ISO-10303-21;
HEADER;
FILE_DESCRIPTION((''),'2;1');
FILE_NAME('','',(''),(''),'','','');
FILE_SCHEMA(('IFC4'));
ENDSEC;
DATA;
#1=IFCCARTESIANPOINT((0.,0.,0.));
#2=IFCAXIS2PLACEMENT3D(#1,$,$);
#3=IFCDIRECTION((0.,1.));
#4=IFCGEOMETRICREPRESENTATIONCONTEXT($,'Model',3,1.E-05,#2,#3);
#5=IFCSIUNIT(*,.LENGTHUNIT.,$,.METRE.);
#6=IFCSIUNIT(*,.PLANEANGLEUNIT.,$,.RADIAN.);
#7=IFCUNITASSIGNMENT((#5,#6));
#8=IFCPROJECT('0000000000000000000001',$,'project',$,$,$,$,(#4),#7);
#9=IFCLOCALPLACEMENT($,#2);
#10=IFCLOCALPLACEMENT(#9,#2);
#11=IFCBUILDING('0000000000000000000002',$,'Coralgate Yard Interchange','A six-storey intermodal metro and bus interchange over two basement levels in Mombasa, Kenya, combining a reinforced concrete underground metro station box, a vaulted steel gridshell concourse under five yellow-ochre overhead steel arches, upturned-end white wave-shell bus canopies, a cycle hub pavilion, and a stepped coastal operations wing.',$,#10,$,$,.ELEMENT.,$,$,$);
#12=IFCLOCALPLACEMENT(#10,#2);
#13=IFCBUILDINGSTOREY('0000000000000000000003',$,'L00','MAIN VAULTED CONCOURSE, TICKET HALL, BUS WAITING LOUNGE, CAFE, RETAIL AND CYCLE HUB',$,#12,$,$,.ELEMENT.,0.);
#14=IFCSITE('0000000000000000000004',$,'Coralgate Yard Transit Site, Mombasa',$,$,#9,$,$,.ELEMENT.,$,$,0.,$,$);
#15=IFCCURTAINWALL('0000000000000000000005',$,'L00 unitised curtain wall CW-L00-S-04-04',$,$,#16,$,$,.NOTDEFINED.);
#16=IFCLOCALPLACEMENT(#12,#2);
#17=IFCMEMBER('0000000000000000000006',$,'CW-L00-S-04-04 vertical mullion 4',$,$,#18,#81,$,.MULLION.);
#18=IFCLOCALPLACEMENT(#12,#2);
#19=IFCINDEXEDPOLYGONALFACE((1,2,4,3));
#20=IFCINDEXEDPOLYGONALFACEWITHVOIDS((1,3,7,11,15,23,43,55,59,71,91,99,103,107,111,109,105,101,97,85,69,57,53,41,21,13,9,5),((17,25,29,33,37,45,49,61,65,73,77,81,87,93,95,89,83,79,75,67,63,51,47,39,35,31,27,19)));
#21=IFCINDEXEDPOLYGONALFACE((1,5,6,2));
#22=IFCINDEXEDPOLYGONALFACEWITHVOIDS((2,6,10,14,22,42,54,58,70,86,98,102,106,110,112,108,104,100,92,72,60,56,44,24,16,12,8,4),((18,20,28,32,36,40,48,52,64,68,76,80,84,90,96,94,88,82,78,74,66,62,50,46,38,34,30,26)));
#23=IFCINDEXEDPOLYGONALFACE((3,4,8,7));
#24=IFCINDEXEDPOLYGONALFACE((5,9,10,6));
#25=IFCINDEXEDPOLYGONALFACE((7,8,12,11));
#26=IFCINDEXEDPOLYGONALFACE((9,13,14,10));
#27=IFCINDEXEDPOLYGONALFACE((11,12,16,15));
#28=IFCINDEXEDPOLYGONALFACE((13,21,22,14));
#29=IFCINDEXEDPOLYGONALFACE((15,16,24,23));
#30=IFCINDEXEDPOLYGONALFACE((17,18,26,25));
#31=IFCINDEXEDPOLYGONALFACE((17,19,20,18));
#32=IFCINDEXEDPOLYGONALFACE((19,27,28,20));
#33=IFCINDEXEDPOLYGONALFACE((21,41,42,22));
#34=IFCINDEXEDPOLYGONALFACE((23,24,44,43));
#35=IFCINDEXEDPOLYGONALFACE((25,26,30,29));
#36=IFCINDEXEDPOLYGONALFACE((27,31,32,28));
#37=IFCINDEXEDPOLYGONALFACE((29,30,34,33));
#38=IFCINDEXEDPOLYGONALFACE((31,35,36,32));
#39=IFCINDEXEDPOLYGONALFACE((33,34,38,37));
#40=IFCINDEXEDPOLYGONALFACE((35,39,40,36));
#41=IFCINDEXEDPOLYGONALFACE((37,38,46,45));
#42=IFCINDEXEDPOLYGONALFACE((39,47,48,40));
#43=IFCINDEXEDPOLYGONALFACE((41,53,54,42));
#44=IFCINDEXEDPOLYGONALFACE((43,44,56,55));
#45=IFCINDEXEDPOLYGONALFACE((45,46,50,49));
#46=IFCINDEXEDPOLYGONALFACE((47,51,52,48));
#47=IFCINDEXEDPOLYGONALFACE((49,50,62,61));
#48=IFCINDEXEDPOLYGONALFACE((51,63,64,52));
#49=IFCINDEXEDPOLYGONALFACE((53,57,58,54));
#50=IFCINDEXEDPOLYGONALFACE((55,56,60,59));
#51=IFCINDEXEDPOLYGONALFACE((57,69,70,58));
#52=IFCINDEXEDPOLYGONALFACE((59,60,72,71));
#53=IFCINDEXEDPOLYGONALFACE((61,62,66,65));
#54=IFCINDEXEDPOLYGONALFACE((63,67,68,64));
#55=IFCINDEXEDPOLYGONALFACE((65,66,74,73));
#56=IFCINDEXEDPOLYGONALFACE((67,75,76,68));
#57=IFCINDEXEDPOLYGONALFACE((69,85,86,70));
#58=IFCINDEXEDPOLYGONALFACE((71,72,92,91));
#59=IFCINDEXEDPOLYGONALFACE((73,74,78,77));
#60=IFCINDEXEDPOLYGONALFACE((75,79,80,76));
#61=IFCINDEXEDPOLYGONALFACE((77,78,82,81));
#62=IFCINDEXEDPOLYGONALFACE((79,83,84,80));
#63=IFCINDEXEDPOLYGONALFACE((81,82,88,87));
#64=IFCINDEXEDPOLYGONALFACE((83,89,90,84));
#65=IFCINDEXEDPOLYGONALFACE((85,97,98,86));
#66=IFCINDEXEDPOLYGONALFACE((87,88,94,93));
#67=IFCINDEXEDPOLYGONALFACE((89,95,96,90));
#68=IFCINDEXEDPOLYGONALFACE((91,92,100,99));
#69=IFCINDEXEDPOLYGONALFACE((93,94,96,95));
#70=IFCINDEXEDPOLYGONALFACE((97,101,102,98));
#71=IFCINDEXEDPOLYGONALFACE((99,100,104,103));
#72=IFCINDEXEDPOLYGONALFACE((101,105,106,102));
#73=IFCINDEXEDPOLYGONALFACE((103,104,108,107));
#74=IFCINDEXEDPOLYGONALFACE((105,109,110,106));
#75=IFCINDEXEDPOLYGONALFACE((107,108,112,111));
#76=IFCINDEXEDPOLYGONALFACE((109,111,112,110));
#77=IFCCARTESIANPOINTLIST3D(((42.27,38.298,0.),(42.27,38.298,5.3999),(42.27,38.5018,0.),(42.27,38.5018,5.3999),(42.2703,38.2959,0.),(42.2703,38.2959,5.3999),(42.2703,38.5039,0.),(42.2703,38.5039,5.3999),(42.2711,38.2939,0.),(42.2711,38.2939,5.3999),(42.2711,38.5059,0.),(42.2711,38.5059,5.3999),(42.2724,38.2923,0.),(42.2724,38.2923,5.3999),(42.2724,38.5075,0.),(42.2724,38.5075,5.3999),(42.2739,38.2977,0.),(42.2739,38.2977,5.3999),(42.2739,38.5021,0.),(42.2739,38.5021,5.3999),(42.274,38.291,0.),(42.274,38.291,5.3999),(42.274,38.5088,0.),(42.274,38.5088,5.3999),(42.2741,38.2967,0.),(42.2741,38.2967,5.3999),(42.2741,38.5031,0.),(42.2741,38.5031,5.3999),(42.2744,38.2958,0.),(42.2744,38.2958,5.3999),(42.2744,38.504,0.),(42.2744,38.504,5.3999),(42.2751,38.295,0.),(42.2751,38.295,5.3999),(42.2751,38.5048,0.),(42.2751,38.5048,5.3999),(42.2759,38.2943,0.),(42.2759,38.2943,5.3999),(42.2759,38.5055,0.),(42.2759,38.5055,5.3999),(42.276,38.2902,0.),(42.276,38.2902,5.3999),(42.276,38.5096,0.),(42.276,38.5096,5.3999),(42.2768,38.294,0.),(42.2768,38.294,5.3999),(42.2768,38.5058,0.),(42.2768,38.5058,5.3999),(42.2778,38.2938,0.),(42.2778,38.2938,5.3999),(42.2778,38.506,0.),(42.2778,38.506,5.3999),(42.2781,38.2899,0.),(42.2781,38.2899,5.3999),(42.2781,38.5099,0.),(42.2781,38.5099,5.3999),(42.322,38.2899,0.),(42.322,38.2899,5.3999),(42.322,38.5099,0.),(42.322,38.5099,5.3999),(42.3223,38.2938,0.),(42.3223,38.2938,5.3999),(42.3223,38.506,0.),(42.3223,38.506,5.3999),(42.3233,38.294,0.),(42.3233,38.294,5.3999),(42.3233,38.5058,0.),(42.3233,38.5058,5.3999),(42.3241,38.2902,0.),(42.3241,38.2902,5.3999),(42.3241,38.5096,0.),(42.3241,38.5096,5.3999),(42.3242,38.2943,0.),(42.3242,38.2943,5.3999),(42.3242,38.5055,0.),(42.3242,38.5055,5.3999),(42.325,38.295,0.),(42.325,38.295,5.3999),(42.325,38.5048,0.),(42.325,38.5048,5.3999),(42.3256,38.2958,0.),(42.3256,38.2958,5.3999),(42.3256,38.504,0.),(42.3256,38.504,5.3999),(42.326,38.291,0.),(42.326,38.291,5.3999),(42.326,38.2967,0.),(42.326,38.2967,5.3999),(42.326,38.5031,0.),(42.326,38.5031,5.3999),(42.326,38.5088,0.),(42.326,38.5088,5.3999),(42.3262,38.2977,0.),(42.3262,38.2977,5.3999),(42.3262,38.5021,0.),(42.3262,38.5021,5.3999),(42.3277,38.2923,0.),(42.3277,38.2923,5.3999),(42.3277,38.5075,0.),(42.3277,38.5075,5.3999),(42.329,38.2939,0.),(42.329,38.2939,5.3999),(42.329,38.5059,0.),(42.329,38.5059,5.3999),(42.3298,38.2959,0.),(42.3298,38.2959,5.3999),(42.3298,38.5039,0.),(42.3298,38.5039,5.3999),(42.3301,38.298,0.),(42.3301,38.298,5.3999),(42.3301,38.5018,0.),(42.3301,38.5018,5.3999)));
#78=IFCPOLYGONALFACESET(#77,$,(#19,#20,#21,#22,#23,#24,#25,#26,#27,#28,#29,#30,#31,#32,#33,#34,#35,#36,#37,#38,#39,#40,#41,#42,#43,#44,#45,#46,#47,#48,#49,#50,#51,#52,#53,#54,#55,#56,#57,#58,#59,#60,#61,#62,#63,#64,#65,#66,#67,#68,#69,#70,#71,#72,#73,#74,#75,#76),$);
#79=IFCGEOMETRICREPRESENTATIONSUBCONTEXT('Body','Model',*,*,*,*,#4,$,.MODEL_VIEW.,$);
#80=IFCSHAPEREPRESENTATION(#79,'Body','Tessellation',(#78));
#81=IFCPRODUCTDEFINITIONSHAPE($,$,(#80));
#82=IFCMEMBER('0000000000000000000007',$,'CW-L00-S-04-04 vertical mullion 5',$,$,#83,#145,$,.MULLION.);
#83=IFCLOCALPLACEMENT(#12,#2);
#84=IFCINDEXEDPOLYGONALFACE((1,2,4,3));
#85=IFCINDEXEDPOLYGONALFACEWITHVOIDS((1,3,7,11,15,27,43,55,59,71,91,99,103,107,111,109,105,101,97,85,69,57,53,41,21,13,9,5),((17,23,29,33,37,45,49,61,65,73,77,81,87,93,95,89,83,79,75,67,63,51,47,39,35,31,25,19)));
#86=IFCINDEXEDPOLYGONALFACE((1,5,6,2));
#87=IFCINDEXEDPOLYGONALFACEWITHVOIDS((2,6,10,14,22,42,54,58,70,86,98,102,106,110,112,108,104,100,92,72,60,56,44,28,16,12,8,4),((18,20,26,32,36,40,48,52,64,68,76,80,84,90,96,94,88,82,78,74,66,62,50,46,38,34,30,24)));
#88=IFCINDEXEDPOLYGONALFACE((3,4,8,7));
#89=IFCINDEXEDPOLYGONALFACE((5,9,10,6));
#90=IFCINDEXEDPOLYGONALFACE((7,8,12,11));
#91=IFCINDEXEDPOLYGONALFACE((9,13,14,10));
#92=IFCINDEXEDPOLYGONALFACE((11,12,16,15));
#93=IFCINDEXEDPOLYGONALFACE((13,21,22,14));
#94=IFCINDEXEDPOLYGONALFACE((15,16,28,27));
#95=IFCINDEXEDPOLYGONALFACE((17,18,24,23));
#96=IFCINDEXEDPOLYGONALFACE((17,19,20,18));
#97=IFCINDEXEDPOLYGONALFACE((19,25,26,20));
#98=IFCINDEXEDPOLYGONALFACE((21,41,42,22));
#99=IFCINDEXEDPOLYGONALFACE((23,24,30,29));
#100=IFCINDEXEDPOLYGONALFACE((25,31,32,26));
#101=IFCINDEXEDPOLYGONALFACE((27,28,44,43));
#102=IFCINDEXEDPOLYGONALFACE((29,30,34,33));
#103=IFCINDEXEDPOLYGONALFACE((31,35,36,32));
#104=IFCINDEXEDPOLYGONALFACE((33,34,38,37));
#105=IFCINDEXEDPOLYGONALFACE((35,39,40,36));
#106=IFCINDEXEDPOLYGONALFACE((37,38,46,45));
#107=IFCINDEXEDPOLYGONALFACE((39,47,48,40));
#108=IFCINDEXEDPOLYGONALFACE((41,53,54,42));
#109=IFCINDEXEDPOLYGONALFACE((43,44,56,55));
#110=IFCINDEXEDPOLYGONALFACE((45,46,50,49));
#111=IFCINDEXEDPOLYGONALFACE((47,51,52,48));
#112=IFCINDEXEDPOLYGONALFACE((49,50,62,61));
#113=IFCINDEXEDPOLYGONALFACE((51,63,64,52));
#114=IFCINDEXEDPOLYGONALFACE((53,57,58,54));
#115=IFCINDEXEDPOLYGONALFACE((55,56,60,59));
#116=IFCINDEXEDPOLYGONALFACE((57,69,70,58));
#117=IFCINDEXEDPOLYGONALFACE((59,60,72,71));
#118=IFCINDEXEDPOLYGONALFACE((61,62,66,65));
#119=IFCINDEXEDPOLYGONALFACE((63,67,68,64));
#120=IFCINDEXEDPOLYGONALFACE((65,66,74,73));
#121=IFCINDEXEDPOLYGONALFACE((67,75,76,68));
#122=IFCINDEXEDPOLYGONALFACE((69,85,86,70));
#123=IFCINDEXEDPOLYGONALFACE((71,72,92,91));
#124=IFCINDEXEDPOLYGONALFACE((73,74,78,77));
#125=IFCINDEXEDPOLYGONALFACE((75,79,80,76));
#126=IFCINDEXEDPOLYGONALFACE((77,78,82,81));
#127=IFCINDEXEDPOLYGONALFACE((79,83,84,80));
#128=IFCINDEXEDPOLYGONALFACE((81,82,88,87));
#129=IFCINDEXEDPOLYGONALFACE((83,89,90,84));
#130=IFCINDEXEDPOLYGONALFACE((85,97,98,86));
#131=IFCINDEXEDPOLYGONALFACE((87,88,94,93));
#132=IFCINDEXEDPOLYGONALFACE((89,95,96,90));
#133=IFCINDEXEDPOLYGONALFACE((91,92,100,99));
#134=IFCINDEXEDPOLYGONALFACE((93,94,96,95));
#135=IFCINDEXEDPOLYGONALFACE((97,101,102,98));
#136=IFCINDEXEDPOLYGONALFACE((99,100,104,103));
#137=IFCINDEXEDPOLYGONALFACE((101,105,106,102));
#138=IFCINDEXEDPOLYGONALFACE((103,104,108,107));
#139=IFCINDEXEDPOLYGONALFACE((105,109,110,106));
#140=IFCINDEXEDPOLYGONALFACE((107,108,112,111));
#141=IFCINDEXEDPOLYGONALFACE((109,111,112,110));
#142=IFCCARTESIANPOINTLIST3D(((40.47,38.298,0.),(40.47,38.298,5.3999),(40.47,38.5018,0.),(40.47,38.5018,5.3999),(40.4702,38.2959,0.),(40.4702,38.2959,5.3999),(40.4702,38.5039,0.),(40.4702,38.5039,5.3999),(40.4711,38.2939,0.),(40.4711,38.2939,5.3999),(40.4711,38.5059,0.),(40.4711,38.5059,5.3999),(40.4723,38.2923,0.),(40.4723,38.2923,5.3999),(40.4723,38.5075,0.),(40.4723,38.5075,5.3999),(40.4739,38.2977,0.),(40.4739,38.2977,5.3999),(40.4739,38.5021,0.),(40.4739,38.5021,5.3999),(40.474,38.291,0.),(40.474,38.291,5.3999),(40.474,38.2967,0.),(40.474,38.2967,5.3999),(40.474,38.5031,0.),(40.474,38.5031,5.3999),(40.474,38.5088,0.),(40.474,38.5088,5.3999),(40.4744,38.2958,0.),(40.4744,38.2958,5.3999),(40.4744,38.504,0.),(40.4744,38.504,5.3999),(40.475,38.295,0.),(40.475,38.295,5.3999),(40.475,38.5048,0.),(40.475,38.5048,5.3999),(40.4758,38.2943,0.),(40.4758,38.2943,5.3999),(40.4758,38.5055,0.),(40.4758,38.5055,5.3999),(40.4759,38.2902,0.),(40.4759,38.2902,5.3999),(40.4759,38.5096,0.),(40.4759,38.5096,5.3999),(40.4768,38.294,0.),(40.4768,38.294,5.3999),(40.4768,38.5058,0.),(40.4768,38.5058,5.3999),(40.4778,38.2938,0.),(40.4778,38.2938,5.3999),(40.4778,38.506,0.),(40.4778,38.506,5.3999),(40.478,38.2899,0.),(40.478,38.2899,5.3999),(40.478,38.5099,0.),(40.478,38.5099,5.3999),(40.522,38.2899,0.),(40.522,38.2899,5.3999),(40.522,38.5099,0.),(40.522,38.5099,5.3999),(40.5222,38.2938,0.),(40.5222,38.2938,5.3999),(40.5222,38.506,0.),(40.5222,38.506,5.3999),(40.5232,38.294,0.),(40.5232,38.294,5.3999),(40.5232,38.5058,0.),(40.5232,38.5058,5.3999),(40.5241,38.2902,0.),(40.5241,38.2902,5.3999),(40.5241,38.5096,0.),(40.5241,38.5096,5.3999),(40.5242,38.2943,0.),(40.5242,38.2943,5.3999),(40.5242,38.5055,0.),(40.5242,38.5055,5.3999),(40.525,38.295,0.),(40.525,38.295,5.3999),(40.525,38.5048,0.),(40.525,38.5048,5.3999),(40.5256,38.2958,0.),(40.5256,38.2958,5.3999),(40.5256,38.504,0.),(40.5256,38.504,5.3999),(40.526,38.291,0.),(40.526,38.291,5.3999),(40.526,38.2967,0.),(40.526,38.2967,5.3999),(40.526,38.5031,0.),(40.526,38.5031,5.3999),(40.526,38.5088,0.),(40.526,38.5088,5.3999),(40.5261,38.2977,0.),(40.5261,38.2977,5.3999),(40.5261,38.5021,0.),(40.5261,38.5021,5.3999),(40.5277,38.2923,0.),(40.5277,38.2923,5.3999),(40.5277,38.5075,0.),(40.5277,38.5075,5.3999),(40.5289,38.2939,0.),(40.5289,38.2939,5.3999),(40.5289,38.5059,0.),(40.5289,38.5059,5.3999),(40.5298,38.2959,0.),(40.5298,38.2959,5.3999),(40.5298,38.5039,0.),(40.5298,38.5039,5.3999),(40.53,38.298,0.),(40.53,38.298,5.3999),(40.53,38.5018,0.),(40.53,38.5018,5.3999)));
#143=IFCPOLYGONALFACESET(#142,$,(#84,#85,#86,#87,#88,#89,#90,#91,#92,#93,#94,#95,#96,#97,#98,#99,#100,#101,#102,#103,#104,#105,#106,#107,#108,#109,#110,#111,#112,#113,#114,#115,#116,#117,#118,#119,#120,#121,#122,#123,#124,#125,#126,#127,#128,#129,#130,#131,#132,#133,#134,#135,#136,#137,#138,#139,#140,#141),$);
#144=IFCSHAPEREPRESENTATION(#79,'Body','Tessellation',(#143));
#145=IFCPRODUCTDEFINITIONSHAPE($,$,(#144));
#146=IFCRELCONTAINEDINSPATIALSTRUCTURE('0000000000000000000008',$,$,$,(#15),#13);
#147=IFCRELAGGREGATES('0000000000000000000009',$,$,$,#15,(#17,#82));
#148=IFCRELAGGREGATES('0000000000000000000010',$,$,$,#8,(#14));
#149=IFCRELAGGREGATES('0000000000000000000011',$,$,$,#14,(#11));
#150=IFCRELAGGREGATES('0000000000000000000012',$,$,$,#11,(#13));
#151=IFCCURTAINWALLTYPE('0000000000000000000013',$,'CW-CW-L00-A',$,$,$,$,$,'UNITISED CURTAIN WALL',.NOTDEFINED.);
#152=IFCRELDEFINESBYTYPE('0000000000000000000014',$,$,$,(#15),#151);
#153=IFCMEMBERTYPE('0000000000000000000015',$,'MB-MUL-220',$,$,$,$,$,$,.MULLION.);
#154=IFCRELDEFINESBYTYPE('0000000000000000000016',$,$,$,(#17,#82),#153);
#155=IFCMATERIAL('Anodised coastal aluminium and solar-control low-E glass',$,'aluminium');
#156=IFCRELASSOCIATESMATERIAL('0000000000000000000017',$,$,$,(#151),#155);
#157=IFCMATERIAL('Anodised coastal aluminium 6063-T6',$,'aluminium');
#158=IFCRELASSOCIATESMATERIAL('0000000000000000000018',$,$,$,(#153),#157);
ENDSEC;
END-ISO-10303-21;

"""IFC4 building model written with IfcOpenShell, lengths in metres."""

from ifc_helpers import new_model, si_unit, direction, frame, origin, origin_2d, place, context, subcontext, project, spatial, hollow_rectangle, extrude, material, material_profile, profile_set, type_object, element, aggregate, save


model = new_model("IFC4")

# Units and contexts
model_context = context("Model", 3, precision=1e-05, world=origin(), true_north=direction((0.0, 1.0)))
body_context = subcontext(model_context, "Body", "Model", "MODEL_VIEW")
ifc_project = project(units=[si_unit("LENGTHUNIT", "METRE"), si_unit("PLANEANGLEUNIT", "RADIAN")], contexts=[model_context])

# Site, building, storey
site_placement = place(None, origin())
site = spatial("IfcSite", under=ifc_project, at=site_placement, Name="Coralgate Yard Transit Site, Mombasa", CompositionType="ELEMENT", RefElevation=0.0)
building_placement = place(site_placement, origin())
building = spatial("IfcBuilding", under=site, at=building_placement, Name="Coralgate Yard Interchange", Description="A six-storey intermodal metro and bus interchange over two basement levels in Mombasa, Kenya, combining a reinforced concrete underground metro station box, a vaulted steel gridshell concourse under five yellow-ochre overhead steel arches, upturned-end white wave-shell bus canopies, a cycle hub pavilion, and a stepped coastal operations wing.", CompositionType="ELEMENT")
storey_placement = place(building_placement, origin())
storey = spatial("IfcBuildingStorey", under=building, at=storey_placement, Name="L00", Description="MAIN VAULTED CONCOURSE, TICKET HALL, BUS WAITING LOUNGE, CAFE, RETAIL AND CYCLE HUB", CompositionType="ELEMENT", Elevation=0.0)

# Curtain wall, members
ifc_material_1 = material(Name="Anodised coastal aluminium and solar-control low-E glass", Category="aluminium")
curtain_wall_type = type_object("IfcCurtainWallType", Name="CW-CW-L00-A", ElementType="UNITISED CURTAIN WALL", PredefinedType="NOTDEFINED", material=ifc_material_1)
curtain_wall_placement = place(storey_placement, origin())
curtain_wall = element("IfcCurtainWall", 1, at=curtain_wall_placement, inside=storey, type_object=curtain_wall_type, Name="L00 unitised curtain wall CW-L00-S-04-04", PredefinedType="NOTDEFINED")
ifc_material_2 = material(Name="Anodised coastal aluminium 6063-T6", Category="aluminium")
ifc_material_profile_1 = material_profile(ifc_material_2, hollow_rectangle(XDim=0.0601, YDim=0.22, WallThickness=0.0039, InnerFilletRadius=0.0039, OuterFilletRadius=0.0081, at=origin_2d()), Name="ALU 60x220x4")
ifc_profile_set_1 = profile_set([ifc_material_profile_1], Name="Anodised coastal aluminium 6063-T6")
member_type_1 = type_object("IfcMemberType", Name="MB-MUL-220", PredefinedType="MULLION", material=ifc_profile_set_1)
member_1_placement = place(storey_placement, frame((42.3, 38.3999, 0.0), z_axis=(0.0, 0.0, 1.0), x_axis=(1.0, 0.0, 0.0)))
member_1 = element("IfcMember", 2, at=member_1_placement, type_object=member_type_1, Name="CW-L00-S-04-04 vertical mullion 4", PredefinedType="MULLION", context=body_context, shape_type="SweptSolid", body=[
    extrude(hollow_rectangle(XDim=0.0601, YDim=0.22, WallThickness=0.0039, InnerFilletRadius=0.0039, OuterFilletRadius=0.0081, at=origin_2d()), origin(), (0.0, 0.0, 1.0), 5.3999),
])
member_2_placement = place(storey_placement, frame((40.5, 38.3999, 0.0), z_axis=(0.0, 0.0, 1.0), x_axis=(1.0, 0.0, 0.0)))
member_2 = element("IfcMember", 3, at=member_2_placement, type_object=member_type_1, Name="CW-L00-S-04-04 vertical mullion 5", PredefinedType="MULLION", context=body_context, shape_type="SweptSolid", body=[
    extrude(hollow_rectangle(XDim=0.0601, YDim=0.22, WallThickness=0.0039, InnerFilletRadius=0.0039, OuterFilletRadius=0.0081, at=origin_2d()), origin(), (0.0, 0.0, 1.0), 5.3999),
])
aggregate(curtain_wall, [member_1, member_2])

save(model, "model.ifc")
